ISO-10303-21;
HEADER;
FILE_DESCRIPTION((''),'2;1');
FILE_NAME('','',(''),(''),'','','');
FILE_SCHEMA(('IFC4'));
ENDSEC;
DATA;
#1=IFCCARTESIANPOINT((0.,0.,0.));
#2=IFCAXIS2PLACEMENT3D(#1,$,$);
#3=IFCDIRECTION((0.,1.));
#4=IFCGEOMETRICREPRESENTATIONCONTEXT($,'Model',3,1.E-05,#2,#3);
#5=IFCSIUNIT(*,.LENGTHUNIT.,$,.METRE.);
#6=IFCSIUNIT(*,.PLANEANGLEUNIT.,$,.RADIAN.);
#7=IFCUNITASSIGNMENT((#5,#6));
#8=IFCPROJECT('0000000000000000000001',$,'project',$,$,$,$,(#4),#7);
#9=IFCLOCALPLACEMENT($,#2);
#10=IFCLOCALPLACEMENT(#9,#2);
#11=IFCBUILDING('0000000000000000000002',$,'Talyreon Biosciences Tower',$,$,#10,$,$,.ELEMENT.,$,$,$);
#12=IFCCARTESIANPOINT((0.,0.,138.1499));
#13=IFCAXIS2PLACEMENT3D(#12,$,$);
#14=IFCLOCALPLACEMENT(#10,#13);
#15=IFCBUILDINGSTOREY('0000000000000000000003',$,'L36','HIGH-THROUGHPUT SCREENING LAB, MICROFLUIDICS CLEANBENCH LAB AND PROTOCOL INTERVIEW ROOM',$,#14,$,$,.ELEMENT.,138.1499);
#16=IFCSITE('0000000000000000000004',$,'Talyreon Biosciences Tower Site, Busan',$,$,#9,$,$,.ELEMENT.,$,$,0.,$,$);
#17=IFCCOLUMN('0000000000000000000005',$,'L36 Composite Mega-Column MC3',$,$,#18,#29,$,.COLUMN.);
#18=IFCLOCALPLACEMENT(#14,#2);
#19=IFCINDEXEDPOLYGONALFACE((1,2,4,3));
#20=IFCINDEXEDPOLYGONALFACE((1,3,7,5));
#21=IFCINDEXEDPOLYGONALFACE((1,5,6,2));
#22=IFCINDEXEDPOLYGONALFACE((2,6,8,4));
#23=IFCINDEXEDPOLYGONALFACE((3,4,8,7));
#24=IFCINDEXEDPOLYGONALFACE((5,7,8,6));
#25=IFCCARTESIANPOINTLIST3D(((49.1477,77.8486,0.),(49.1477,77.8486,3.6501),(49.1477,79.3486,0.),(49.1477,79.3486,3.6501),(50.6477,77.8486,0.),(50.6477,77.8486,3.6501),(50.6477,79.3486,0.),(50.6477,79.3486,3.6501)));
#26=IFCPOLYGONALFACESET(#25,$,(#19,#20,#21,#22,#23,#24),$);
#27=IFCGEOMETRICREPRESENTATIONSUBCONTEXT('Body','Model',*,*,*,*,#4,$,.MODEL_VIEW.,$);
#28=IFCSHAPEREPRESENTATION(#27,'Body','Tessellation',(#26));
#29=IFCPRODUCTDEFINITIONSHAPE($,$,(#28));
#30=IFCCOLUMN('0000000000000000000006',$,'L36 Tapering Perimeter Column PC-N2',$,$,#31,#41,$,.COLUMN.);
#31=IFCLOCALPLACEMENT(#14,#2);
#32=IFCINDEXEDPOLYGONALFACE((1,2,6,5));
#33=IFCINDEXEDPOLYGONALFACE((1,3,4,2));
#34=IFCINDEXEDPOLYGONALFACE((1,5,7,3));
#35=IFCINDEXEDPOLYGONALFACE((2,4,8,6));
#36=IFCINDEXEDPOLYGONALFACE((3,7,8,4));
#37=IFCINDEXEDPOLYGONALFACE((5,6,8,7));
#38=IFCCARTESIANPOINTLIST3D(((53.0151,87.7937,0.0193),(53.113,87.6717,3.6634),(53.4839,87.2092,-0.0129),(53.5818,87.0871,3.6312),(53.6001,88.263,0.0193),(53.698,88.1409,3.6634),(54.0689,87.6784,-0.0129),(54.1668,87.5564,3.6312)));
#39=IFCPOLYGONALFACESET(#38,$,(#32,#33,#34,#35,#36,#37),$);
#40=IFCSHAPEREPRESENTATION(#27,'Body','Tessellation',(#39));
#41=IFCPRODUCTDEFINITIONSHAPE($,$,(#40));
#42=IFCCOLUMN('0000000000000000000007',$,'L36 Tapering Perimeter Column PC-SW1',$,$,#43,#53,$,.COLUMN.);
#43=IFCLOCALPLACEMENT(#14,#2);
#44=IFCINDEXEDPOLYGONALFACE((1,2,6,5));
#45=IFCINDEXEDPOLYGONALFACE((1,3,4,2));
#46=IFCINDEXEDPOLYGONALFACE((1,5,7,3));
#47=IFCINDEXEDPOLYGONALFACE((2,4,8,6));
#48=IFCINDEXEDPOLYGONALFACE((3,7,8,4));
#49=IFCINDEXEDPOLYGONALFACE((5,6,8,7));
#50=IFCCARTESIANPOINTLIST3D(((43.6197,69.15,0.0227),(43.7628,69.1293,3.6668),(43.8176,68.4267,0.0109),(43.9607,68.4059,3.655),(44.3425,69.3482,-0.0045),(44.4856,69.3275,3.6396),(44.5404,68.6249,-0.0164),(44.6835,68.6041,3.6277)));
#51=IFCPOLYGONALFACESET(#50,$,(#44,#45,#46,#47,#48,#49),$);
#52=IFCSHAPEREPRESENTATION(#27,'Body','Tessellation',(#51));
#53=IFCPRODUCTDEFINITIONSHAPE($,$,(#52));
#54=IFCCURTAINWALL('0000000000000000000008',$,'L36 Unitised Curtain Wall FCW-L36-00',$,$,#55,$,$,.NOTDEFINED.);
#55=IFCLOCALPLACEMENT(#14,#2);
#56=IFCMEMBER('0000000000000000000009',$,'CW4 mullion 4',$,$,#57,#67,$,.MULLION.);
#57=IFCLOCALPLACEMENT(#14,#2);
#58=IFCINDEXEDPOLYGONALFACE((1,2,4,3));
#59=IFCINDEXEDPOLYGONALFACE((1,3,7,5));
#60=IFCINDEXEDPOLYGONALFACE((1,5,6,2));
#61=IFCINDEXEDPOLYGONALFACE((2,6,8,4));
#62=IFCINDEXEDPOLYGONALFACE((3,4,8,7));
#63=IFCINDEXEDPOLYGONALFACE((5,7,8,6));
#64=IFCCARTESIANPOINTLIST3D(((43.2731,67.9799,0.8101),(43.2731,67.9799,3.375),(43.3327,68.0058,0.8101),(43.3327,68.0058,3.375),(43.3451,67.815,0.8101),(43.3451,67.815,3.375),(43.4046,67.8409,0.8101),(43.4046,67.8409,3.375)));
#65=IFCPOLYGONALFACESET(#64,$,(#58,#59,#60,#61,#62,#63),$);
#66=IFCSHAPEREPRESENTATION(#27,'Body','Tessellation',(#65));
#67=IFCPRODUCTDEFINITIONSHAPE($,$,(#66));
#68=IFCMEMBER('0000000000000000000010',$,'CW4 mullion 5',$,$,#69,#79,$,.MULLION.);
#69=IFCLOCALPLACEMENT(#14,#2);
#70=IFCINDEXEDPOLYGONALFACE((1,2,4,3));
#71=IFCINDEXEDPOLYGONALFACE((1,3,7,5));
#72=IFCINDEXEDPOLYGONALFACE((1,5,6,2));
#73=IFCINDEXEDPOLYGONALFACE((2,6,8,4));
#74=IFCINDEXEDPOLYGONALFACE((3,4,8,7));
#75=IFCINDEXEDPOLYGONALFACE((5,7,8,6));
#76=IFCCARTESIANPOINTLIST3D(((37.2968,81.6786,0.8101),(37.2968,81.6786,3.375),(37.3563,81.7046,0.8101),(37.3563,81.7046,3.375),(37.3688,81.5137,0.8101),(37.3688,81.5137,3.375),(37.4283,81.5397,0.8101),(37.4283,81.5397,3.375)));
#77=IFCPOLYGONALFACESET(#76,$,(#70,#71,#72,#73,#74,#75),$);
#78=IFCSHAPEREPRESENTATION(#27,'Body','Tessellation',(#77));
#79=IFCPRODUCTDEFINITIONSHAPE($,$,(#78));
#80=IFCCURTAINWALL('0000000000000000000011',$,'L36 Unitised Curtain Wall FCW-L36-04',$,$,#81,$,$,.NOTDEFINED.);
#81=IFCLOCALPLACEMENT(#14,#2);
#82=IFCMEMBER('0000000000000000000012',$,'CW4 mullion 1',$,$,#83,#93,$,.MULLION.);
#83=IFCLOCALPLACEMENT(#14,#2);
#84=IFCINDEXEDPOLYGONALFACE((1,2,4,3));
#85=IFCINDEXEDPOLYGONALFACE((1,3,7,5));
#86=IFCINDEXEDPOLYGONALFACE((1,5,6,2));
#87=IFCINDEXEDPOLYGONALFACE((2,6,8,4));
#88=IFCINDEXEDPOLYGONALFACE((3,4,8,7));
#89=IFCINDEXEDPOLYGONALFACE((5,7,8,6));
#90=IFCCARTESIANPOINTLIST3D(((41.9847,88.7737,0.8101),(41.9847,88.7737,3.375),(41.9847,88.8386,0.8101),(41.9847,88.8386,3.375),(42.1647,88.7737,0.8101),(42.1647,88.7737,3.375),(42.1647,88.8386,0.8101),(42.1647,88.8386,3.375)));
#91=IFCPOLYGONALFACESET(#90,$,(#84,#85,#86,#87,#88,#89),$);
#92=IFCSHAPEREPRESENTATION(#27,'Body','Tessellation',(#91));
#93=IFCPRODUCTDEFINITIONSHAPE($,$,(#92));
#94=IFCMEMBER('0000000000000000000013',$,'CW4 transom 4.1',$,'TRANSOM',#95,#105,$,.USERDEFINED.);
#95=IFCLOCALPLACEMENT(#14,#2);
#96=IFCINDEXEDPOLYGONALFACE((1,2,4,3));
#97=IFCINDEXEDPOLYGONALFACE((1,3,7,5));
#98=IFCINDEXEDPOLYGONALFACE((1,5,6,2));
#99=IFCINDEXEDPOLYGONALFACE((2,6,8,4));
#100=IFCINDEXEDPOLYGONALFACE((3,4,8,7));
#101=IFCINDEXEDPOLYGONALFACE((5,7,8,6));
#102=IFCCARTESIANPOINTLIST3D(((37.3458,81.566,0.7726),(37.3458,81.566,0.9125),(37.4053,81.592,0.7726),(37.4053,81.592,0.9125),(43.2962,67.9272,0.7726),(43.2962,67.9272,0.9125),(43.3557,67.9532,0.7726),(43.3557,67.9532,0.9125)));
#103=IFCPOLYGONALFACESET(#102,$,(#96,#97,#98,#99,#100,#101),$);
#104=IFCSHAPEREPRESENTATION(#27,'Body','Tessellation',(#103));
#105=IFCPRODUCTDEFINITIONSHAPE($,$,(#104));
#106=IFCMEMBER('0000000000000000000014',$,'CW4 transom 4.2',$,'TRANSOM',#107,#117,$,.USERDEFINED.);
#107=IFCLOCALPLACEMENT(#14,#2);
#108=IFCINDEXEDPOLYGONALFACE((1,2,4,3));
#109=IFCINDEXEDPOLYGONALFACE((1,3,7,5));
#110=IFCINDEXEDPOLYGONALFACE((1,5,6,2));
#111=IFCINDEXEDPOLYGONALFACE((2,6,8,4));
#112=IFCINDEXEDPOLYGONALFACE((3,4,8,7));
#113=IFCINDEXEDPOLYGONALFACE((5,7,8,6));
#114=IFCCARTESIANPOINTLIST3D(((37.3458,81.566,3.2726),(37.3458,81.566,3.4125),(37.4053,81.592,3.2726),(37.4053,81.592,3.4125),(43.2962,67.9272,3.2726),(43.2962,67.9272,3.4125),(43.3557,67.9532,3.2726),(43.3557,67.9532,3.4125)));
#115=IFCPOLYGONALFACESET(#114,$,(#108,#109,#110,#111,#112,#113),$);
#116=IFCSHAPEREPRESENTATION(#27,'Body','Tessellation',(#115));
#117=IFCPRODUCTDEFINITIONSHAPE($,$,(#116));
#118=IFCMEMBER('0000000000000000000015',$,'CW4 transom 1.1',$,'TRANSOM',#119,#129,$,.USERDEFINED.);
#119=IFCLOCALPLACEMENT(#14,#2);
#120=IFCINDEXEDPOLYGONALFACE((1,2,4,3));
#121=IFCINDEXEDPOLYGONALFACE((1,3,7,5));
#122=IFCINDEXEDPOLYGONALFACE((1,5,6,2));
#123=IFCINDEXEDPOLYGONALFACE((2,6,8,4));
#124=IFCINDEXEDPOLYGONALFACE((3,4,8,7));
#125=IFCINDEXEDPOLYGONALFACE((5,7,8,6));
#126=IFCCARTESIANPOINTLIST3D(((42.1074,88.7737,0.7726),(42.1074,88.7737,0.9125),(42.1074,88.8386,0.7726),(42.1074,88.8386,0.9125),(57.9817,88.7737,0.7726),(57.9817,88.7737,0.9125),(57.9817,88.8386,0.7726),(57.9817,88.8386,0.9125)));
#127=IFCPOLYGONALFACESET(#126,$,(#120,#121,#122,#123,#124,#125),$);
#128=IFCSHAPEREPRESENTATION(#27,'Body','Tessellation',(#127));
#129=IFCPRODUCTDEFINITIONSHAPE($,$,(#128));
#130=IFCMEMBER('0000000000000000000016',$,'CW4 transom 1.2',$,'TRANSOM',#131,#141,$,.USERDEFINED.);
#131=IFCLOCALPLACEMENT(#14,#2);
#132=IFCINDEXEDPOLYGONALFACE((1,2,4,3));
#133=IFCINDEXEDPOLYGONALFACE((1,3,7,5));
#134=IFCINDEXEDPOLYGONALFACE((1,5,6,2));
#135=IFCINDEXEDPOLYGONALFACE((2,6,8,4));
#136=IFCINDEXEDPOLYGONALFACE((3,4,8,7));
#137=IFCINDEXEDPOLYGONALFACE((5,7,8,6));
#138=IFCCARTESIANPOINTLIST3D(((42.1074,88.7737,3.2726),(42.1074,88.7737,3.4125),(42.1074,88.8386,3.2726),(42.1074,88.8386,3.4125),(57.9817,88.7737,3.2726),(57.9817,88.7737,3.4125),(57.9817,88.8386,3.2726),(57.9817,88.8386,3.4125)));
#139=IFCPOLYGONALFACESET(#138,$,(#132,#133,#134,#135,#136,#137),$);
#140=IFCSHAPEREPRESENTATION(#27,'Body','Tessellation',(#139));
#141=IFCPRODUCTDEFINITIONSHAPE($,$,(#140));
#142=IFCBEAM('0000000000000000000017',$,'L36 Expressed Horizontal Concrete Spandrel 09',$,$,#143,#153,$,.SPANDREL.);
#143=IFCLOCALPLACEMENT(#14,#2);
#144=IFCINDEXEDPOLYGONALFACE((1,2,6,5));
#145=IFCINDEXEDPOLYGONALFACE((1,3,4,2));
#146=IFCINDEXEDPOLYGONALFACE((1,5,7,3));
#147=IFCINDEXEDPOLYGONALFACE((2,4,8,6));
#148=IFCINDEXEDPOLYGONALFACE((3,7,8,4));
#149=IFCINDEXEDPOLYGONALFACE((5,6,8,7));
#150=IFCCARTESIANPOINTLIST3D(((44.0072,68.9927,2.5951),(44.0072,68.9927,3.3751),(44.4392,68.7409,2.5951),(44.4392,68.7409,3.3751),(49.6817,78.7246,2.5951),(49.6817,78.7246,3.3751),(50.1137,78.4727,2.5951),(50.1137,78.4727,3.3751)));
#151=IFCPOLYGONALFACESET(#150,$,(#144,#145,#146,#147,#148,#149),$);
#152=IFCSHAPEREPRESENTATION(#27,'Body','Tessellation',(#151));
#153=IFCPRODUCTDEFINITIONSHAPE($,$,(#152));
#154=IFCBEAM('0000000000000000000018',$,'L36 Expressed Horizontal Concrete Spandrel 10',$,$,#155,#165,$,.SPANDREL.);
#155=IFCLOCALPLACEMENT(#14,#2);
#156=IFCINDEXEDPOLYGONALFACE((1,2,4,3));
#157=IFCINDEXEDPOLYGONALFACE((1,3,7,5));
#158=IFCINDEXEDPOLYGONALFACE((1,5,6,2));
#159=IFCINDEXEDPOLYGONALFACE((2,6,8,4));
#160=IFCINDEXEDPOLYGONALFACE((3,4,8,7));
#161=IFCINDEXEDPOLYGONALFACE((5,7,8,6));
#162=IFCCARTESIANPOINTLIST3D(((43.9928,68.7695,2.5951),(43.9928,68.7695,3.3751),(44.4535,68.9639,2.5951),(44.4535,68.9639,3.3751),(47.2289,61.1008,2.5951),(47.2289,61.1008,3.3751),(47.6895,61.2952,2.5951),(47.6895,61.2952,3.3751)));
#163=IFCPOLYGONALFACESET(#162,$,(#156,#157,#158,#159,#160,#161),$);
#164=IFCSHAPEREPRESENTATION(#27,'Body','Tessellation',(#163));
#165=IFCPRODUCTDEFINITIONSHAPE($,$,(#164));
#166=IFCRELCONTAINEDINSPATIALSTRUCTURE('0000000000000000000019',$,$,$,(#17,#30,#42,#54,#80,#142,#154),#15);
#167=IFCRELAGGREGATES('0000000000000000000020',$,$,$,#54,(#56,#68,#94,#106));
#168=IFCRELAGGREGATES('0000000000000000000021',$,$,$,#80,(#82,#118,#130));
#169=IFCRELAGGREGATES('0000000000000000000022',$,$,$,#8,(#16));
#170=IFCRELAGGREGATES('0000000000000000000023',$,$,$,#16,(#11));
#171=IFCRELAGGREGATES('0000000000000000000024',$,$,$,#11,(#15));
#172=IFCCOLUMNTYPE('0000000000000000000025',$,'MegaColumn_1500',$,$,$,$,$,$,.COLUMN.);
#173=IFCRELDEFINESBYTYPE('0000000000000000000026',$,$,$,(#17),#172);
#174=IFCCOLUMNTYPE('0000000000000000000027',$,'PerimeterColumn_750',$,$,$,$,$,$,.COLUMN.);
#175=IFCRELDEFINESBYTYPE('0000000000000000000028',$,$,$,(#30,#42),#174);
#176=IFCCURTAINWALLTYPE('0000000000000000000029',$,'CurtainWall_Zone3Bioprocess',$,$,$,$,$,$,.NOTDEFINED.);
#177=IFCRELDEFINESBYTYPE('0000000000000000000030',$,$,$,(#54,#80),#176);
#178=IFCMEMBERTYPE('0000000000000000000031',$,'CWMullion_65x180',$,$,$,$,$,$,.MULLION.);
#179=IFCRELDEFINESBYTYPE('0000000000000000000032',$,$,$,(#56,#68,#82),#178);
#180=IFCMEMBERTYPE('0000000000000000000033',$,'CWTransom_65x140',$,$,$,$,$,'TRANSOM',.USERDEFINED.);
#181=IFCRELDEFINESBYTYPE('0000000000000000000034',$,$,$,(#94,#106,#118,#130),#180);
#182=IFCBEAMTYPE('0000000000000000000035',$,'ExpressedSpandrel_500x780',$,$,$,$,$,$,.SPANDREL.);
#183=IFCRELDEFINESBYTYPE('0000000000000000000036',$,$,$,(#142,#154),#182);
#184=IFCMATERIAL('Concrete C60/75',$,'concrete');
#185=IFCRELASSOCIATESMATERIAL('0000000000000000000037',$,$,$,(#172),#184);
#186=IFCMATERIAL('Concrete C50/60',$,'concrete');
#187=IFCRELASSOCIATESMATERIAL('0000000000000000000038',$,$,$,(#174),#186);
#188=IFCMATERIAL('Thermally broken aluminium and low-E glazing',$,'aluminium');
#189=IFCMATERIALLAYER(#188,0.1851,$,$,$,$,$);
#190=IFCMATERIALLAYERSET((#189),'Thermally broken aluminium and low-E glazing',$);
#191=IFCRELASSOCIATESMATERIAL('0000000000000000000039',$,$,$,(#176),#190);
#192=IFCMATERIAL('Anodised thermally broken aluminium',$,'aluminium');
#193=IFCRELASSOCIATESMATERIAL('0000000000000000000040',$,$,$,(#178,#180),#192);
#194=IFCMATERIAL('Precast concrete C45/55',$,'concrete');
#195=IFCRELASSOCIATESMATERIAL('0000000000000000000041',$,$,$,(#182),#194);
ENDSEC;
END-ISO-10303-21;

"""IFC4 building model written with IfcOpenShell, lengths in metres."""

from ifc_helpers import new_model, si_unit, direction, frame, origin, origin_2d, place, context, subcontext, project, spatial, rectangle, extrude, material, layer, layer_set, material_profile, profile_set, type_object, element, aggregate, save


model = new_model("IFC4")

# Units and contexts
model_context = context("Model", 3, precision=1e-05, world=origin(), true_north=direction((0.0, 1.0)))
body_context = subcontext(model_context, "Body", "Model", "MODEL_VIEW")
ifc_project = project(units=[si_unit("LENGTHUNIT", "METRE"), si_unit("PLANEANGLEUNIT", "RADIAN")], contexts=[model_context])

# Site, building, storey
site_placement = place(None, origin())
site = spatial("IfcSite", under=ifc_project, at=site_placement, Name="Talyreon Biosciences Tower Site, Busan", CompositionType="ELEMENT", RefElevation=0.0)
building_placement = place(site_placement, origin())
building = spatial("IfcBuilding", under=site, at=building_placement, Name="Talyreon Biosciences Tower", CompositionType="ELEMENT")
storey_placement = place(building_placement, frame((0.0, 0.0, 138.1499)))
storey = spatial("IfcBuildingStorey", under=building, at=storey_placement, Name="L36", Description="HIGH-THROUGHPUT SCREENING LAB, MICROFLUIDICS CLEANBENCH LAB AND PROTOCOL INTERVIEW ROOM", CompositionType="ELEMENT", Elevation=138.1499)

# Columns
ifc_material_1 = material(Name="Concrete C60/75", Category="concrete")
ifc_material_profile_1 = material_profile(ifc_material_1, rectangle(XDim=1.5, YDim=1.5, at=origin_2d()), Name="RC 1500x1500")
ifc_profile_set_1 = profile_set([ifc_material_profile_1], Name="Concrete C60/75")
column_type_1 = type_object("IfcColumnType", Name="MegaColumn_1500", PredefinedType="COLUMN", material=ifc_profile_set_1)
column_1_placement = place(storey_placement, frame((49.8977, 78.5986, 0.0), z_axis=(0.0, 0.0, 1.0), x_axis=(1.0, 0.0, 0.0)))
element("IfcColumn", 1, at=column_1_placement, inside=storey, type_object=column_type_1, Name="L36 Composite Mega-Column MC3", PredefinedType="COLUMN", context=body_context, shape_type="SweptSolid", body=[
    extrude(rectangle(XDim=1.5, YDim=1.5, at=origin_2d()), origin(), (0.0, 0.0, 1.0), 3.6501),
])
ifc_material_2 = material(Name="Concrete C50/60", Category="concrete")
ifc_material_profile_2 = material_profile(ifc_material_2, rectangle(XDim=0.75, YDim=0.75, at=origin_2d()), Name="RC 750x750")
ifc_profile_set_2 = profile_set([ifc_material_profile_2], Name="Concrete C50/60")
column_type_2 = type_object("IfcColumnType", Name="PerimeterColumn_750", PredefinedType="COLUMN", material=ifc_profile_set_2)
column_2_placement = place(storey_placement, frame((53.542, 87.7361, 0.0032), z_axis=(0.026841, -0.033468, 0.999079), x_axis=(-0.780107, -0.625646, 0.0)))
element("IfcColumn", 2, at=column_2_placement, inside=storey, type_object=column_type_2, Name="L36 Tapering Perimeter Column PC-N2", PredefinedType="COLUMN", context=body_context, shape_type="SweptSolid", body=[
    extrude(rectangle(XDim=0.75, YDim=0.75, at=origin_2d()), origin(), (0.0, 0.0, 1.0), 3.6475),
])
column_3_placement = place(storey_placement, frame((44.0801, 68.8875, 0.0032), z_axis=(0.039229, -0.00569, 0.999214), x_axis=(0.963763, 0.264275, -0.036333)))
element("IfcColumn", 3, at=column_3_placement, inside=storey, type_object=column_type_2, Name="L36 Tapering Perimeter Column PC-SW1", PredefinedType="COLUMN", context=body_context, shape_type="SweptSolid", body=[
    extrude(rectangle(XDim=0.75, YDim=0.75, at=origin_2d()), origin(), (0.0, 0.0, 1.0), 3.647),
])

# Curtain wall, members
ifc_material_3 = material(Name="Thermally broken aluminium and low-E glazing", Category="aluminium")
ifc_layer_1 = layer(ifc_material_3, 0.1851)
ifc_layer_set_1 = layer_set([ifc_layer_1], Name="Thermally broken aluminium and low-E glazing")
curtain_wall_type = type_object("IfcCurtainWallType", Name="CurtainWall_Zone3Bioprocess", PredefinedType="NOTDEFINED", material=ifc_layer_set_1)
curtain_wall_1_placement = place(storey_placement, origin())
curtain_wall_1 = element("IfcCurtainWall", 4, at=curtain_wall_1_placement, inside=storey, type_object=curtain_wall_type, Name="L36 Unitised Curtain Wall FCW-L36-00", PredefinedType="NOTDEFINED")
ifc_material_4 = material(Name="Anodised thermally broken aluminium", Category="aluminium")
ifc_material_profile_3 = material_profile(ifc_material_4, rectangle(XDim=0.0649, YDim=0.1799, at=origin_2d()), Name="ALUM MULLION 65x180")
ifc_profile_set_3 = profile_set([ifc_material_profile_3], Name="Anodised thermally broken aluminium")
member_type_1 = type_object("IfcMemberType", Name="CWMullion_65x180", PredefinedType="MULLION", material=ifc_profile_set_3)
member_1_placement = place(storey_placement, frame((43.3389, 67.9104, 0.8101), z_axis=(0.0, 0.0, 1.0), x_axis=(-0.916566, -0.399882, 0.0)))
member_1 = element("IfcMember", 5, at=member_1_placement, type_object=member_type_1, Name="CW4 mullion 4", PredefinedType="MULLION", context=body_context, shape_type="SweptSolid", body=[
    extrude(rectangle(XDim=0.0649, YDim=0.1799, at=origin_2d()), origin(), (0.0, 0.0, 1.0), 2.5649),
])
member_2_placement = place(storey_placement, frame((37.3625, 81.6091, 0.8101), z_axis=(0.0, 0.0, 1.0), x_axis=(-0.916566, -0.399882, 0.0)))
member_2 = element("IfcMember", 6, at=member_2_placement, type_object=member_type_1, Name="CW4 mullion 5", PredefinedType="MULLION", context=body_context, shape_type="SweptSolid", body=[
    extrude(rectangle(XDim=0.0649, YDim=0.1799, at=origin_2d()), origin(), (0.0, 0.0, 1.0), 2.5649),
])

# Curtain wall, member
curtain_wall_2_placement = place(storey_placement, origin())
curtain_wall_2 = element("IfcCurtainWall", 7, at=curtain_wall_2_placement, inside=storey, type_object=curtain_wall_type, Name="L36 Unitised Curtain Wall FCW-L36-04", PredefinedType="NOTDEFINED")
member_3_placement = place(storey_placement, frame((42.0747, 88.8062, 0.8101), z_axis=(0.0, 0.0, 1.0), x_axis=(0.0, 1.0, 0.0)))
member_3 = element("IfcMember", 8, at=member_3_placement, type_object=member_type_1, Name="CW4 mullion 1", PredefinedType="MULLION", context=body_context, shape_type="SweptSolid", body=[
    extrude(rectangle(XDim=0.0649, YDim=0.1799, at=origin_2d()), origin(), (0.0, 0.0, 1.0), 2.5649),
])

# Members
ifc_material_profile_4 = material_profile(ifc_material_4, rectangle(XDim=0.0649, YDim=0.1399, at=origin_2d()), Name="ALUM TRANSOM 65x140")
ifc_profile_set_4 = profile_set([ifc_material_profile_4], Name="Anodised thermally broken aluminium")
member_type_2 = type_object("IfcMemberType", Name="CWTransom_65x140", ElementType="TRANSOM", PredefinedType="USERDEFINED", material=ifc_profile_set_4)
member_4_placement = place(storey_placement, frame((43.3259, 67.9402, 0.8425), z_axis=(-0.399883, 0.916566, 0.0), x_axis=(-0.916566, -0.399883, 0.0)))
member_4 = element("IfcMember", 9, at=member_4_placement, type_object=member_type_2, Name="CW4 transom 4.1", ObjectType="TRANSOM", PredefinedType="USERDEFINED", context=body_context, shape_type="SweptSolid", body=[
    extrude(rectangle(XDim=0.0649, YDim=0.1399, at=origin_2d()), origin(), (0.0, 0.0, 1.0), 14.8804),
])
member_5_placement = place(storey_placement, frame((43.3259, 67.9402, 3.3425), z_axis=(-0.399883, 0.916566, 0.0), x_axis=(-0.916566, -0.399883, 0.0)))
member_5 = element("IfcMember", 10, at=member_5_placement, type_object=member_type_2, Name="CW4 transom 4.2", ObjectType="TRANSOM", PredefinedType="USERDEFINED", context=body_context, shape_type="SweptSolid", body=[
    extrude(rectangle(XDim=0.0649, YDim=0.1399, at=origin_2d()), origin(), (0.0, 0.0, 1.0), 14.8804),
])
member_6_placement = place(storey_placement, frame((42.1074, 88.8062, 0.8425), z_axis=(1.0, 0.0, 0.0), x_axis=(0.0, 1.0, 0.0)))
member_6 = element("IfcMember", 11, at=member_6_placement, type_object=member_type_2, Name="CW4 transom 1.1", ObjectType="TRANSOM", PredefinedType="USERDEFINED", context=body_context, shape_type="SweptSolid", body=[
    extrude(rectangle(XDim=0.0649, YDim=0.1399, at=origin_2d()), origin(), (0.0, 0.0, 1.0), 15.8743),
])
member_7_placement = place(storey_placement, frame((42.1074, 88.8062, 3.3425), z_axis=(1.0, 0.0, 0.0), x_axis=(0.0, 1.0, 0.0)))
member_7 = element("IfcMember", 12, at=member_7_placement, type_object=member_type_2, Name="CW4 transom 1.2", ObjectType="TRANSOM", PredefinedType="USERDEFINED", context=body_context, shape_type="SweptSolid", body=[
    extrude(rectangle(XDim=0.0649, YDim=0.1399, at=origin_2d()), origin(), (0.0, 0.0, 1.0), 15.8743),
])

# Beams
ifc_material_5 = material(Name="Precast concrete C45/55", Category="concrete")
ifc_material_profile_5 = material_profile(ifc_material_5, rectangle(XDim=0.5, YDim=0.78, at=origin_2d()), Name="RCB 500x780")
ifc_profile_set_5 = profile_set([ifc_material_profile_5], Name="Precast concrete C45/55")
beam_type_1 = type_object("IfcBeamType", Name="ExpressedSpandrel_500x780", PredefinedType="SPANDREL", material=ifc_profile_set_5)
beam_1_placement = place(storey_placement, frame((49.8977, 78.5986, 2.9851), z_axis=(-0.503712, -0.863872, 0.0), x_axis=(0.863872, -0.503712, 0.0)))
element("IfcBeam", 13, at=beam_1_placement, inside=storey, type_object=beam_type_1, Name="L36 Expressed Horizontal Concrete Spandrel 09", PredefinedType="SPANDREL", context=body_context, shape_type="SweptSolid", body=[
    extrude(rectangle(XDim=0.5, YDim=0.78, at=origin_2d()), origin(), (0.0, 0.0, 1.0), 11.2654),
])
beam_2_placement = place(storey_placement, frame((44.2231, 68.8667, 2.9851), z_axis=(0.388787, -0.921328, 0.0), x_axis=(0.921328, 0.388787, 0.0)))
element("IfcBeam", 14, at=beam_2_placement, inside=storey, type_object=beam_type_1, Name="L36 Expressed Horizontal Concrete Spandrel 10", PredefinedType="SPANDREL", context=body_context, shape_type="SweptSolid", body=[
    extrude(rectangle(XDim=0.5, YDim=0.78, at=origin_2d()), origin(), (0.0, 0.0, 1.0), 8.3235),
])

aggregate(curtain_wall_1, [member_1, member_2, member_4, member_5])
aggregate(curtain_wall_2, [member_3, member_6, member_7])

save(model, "model.ifc")
